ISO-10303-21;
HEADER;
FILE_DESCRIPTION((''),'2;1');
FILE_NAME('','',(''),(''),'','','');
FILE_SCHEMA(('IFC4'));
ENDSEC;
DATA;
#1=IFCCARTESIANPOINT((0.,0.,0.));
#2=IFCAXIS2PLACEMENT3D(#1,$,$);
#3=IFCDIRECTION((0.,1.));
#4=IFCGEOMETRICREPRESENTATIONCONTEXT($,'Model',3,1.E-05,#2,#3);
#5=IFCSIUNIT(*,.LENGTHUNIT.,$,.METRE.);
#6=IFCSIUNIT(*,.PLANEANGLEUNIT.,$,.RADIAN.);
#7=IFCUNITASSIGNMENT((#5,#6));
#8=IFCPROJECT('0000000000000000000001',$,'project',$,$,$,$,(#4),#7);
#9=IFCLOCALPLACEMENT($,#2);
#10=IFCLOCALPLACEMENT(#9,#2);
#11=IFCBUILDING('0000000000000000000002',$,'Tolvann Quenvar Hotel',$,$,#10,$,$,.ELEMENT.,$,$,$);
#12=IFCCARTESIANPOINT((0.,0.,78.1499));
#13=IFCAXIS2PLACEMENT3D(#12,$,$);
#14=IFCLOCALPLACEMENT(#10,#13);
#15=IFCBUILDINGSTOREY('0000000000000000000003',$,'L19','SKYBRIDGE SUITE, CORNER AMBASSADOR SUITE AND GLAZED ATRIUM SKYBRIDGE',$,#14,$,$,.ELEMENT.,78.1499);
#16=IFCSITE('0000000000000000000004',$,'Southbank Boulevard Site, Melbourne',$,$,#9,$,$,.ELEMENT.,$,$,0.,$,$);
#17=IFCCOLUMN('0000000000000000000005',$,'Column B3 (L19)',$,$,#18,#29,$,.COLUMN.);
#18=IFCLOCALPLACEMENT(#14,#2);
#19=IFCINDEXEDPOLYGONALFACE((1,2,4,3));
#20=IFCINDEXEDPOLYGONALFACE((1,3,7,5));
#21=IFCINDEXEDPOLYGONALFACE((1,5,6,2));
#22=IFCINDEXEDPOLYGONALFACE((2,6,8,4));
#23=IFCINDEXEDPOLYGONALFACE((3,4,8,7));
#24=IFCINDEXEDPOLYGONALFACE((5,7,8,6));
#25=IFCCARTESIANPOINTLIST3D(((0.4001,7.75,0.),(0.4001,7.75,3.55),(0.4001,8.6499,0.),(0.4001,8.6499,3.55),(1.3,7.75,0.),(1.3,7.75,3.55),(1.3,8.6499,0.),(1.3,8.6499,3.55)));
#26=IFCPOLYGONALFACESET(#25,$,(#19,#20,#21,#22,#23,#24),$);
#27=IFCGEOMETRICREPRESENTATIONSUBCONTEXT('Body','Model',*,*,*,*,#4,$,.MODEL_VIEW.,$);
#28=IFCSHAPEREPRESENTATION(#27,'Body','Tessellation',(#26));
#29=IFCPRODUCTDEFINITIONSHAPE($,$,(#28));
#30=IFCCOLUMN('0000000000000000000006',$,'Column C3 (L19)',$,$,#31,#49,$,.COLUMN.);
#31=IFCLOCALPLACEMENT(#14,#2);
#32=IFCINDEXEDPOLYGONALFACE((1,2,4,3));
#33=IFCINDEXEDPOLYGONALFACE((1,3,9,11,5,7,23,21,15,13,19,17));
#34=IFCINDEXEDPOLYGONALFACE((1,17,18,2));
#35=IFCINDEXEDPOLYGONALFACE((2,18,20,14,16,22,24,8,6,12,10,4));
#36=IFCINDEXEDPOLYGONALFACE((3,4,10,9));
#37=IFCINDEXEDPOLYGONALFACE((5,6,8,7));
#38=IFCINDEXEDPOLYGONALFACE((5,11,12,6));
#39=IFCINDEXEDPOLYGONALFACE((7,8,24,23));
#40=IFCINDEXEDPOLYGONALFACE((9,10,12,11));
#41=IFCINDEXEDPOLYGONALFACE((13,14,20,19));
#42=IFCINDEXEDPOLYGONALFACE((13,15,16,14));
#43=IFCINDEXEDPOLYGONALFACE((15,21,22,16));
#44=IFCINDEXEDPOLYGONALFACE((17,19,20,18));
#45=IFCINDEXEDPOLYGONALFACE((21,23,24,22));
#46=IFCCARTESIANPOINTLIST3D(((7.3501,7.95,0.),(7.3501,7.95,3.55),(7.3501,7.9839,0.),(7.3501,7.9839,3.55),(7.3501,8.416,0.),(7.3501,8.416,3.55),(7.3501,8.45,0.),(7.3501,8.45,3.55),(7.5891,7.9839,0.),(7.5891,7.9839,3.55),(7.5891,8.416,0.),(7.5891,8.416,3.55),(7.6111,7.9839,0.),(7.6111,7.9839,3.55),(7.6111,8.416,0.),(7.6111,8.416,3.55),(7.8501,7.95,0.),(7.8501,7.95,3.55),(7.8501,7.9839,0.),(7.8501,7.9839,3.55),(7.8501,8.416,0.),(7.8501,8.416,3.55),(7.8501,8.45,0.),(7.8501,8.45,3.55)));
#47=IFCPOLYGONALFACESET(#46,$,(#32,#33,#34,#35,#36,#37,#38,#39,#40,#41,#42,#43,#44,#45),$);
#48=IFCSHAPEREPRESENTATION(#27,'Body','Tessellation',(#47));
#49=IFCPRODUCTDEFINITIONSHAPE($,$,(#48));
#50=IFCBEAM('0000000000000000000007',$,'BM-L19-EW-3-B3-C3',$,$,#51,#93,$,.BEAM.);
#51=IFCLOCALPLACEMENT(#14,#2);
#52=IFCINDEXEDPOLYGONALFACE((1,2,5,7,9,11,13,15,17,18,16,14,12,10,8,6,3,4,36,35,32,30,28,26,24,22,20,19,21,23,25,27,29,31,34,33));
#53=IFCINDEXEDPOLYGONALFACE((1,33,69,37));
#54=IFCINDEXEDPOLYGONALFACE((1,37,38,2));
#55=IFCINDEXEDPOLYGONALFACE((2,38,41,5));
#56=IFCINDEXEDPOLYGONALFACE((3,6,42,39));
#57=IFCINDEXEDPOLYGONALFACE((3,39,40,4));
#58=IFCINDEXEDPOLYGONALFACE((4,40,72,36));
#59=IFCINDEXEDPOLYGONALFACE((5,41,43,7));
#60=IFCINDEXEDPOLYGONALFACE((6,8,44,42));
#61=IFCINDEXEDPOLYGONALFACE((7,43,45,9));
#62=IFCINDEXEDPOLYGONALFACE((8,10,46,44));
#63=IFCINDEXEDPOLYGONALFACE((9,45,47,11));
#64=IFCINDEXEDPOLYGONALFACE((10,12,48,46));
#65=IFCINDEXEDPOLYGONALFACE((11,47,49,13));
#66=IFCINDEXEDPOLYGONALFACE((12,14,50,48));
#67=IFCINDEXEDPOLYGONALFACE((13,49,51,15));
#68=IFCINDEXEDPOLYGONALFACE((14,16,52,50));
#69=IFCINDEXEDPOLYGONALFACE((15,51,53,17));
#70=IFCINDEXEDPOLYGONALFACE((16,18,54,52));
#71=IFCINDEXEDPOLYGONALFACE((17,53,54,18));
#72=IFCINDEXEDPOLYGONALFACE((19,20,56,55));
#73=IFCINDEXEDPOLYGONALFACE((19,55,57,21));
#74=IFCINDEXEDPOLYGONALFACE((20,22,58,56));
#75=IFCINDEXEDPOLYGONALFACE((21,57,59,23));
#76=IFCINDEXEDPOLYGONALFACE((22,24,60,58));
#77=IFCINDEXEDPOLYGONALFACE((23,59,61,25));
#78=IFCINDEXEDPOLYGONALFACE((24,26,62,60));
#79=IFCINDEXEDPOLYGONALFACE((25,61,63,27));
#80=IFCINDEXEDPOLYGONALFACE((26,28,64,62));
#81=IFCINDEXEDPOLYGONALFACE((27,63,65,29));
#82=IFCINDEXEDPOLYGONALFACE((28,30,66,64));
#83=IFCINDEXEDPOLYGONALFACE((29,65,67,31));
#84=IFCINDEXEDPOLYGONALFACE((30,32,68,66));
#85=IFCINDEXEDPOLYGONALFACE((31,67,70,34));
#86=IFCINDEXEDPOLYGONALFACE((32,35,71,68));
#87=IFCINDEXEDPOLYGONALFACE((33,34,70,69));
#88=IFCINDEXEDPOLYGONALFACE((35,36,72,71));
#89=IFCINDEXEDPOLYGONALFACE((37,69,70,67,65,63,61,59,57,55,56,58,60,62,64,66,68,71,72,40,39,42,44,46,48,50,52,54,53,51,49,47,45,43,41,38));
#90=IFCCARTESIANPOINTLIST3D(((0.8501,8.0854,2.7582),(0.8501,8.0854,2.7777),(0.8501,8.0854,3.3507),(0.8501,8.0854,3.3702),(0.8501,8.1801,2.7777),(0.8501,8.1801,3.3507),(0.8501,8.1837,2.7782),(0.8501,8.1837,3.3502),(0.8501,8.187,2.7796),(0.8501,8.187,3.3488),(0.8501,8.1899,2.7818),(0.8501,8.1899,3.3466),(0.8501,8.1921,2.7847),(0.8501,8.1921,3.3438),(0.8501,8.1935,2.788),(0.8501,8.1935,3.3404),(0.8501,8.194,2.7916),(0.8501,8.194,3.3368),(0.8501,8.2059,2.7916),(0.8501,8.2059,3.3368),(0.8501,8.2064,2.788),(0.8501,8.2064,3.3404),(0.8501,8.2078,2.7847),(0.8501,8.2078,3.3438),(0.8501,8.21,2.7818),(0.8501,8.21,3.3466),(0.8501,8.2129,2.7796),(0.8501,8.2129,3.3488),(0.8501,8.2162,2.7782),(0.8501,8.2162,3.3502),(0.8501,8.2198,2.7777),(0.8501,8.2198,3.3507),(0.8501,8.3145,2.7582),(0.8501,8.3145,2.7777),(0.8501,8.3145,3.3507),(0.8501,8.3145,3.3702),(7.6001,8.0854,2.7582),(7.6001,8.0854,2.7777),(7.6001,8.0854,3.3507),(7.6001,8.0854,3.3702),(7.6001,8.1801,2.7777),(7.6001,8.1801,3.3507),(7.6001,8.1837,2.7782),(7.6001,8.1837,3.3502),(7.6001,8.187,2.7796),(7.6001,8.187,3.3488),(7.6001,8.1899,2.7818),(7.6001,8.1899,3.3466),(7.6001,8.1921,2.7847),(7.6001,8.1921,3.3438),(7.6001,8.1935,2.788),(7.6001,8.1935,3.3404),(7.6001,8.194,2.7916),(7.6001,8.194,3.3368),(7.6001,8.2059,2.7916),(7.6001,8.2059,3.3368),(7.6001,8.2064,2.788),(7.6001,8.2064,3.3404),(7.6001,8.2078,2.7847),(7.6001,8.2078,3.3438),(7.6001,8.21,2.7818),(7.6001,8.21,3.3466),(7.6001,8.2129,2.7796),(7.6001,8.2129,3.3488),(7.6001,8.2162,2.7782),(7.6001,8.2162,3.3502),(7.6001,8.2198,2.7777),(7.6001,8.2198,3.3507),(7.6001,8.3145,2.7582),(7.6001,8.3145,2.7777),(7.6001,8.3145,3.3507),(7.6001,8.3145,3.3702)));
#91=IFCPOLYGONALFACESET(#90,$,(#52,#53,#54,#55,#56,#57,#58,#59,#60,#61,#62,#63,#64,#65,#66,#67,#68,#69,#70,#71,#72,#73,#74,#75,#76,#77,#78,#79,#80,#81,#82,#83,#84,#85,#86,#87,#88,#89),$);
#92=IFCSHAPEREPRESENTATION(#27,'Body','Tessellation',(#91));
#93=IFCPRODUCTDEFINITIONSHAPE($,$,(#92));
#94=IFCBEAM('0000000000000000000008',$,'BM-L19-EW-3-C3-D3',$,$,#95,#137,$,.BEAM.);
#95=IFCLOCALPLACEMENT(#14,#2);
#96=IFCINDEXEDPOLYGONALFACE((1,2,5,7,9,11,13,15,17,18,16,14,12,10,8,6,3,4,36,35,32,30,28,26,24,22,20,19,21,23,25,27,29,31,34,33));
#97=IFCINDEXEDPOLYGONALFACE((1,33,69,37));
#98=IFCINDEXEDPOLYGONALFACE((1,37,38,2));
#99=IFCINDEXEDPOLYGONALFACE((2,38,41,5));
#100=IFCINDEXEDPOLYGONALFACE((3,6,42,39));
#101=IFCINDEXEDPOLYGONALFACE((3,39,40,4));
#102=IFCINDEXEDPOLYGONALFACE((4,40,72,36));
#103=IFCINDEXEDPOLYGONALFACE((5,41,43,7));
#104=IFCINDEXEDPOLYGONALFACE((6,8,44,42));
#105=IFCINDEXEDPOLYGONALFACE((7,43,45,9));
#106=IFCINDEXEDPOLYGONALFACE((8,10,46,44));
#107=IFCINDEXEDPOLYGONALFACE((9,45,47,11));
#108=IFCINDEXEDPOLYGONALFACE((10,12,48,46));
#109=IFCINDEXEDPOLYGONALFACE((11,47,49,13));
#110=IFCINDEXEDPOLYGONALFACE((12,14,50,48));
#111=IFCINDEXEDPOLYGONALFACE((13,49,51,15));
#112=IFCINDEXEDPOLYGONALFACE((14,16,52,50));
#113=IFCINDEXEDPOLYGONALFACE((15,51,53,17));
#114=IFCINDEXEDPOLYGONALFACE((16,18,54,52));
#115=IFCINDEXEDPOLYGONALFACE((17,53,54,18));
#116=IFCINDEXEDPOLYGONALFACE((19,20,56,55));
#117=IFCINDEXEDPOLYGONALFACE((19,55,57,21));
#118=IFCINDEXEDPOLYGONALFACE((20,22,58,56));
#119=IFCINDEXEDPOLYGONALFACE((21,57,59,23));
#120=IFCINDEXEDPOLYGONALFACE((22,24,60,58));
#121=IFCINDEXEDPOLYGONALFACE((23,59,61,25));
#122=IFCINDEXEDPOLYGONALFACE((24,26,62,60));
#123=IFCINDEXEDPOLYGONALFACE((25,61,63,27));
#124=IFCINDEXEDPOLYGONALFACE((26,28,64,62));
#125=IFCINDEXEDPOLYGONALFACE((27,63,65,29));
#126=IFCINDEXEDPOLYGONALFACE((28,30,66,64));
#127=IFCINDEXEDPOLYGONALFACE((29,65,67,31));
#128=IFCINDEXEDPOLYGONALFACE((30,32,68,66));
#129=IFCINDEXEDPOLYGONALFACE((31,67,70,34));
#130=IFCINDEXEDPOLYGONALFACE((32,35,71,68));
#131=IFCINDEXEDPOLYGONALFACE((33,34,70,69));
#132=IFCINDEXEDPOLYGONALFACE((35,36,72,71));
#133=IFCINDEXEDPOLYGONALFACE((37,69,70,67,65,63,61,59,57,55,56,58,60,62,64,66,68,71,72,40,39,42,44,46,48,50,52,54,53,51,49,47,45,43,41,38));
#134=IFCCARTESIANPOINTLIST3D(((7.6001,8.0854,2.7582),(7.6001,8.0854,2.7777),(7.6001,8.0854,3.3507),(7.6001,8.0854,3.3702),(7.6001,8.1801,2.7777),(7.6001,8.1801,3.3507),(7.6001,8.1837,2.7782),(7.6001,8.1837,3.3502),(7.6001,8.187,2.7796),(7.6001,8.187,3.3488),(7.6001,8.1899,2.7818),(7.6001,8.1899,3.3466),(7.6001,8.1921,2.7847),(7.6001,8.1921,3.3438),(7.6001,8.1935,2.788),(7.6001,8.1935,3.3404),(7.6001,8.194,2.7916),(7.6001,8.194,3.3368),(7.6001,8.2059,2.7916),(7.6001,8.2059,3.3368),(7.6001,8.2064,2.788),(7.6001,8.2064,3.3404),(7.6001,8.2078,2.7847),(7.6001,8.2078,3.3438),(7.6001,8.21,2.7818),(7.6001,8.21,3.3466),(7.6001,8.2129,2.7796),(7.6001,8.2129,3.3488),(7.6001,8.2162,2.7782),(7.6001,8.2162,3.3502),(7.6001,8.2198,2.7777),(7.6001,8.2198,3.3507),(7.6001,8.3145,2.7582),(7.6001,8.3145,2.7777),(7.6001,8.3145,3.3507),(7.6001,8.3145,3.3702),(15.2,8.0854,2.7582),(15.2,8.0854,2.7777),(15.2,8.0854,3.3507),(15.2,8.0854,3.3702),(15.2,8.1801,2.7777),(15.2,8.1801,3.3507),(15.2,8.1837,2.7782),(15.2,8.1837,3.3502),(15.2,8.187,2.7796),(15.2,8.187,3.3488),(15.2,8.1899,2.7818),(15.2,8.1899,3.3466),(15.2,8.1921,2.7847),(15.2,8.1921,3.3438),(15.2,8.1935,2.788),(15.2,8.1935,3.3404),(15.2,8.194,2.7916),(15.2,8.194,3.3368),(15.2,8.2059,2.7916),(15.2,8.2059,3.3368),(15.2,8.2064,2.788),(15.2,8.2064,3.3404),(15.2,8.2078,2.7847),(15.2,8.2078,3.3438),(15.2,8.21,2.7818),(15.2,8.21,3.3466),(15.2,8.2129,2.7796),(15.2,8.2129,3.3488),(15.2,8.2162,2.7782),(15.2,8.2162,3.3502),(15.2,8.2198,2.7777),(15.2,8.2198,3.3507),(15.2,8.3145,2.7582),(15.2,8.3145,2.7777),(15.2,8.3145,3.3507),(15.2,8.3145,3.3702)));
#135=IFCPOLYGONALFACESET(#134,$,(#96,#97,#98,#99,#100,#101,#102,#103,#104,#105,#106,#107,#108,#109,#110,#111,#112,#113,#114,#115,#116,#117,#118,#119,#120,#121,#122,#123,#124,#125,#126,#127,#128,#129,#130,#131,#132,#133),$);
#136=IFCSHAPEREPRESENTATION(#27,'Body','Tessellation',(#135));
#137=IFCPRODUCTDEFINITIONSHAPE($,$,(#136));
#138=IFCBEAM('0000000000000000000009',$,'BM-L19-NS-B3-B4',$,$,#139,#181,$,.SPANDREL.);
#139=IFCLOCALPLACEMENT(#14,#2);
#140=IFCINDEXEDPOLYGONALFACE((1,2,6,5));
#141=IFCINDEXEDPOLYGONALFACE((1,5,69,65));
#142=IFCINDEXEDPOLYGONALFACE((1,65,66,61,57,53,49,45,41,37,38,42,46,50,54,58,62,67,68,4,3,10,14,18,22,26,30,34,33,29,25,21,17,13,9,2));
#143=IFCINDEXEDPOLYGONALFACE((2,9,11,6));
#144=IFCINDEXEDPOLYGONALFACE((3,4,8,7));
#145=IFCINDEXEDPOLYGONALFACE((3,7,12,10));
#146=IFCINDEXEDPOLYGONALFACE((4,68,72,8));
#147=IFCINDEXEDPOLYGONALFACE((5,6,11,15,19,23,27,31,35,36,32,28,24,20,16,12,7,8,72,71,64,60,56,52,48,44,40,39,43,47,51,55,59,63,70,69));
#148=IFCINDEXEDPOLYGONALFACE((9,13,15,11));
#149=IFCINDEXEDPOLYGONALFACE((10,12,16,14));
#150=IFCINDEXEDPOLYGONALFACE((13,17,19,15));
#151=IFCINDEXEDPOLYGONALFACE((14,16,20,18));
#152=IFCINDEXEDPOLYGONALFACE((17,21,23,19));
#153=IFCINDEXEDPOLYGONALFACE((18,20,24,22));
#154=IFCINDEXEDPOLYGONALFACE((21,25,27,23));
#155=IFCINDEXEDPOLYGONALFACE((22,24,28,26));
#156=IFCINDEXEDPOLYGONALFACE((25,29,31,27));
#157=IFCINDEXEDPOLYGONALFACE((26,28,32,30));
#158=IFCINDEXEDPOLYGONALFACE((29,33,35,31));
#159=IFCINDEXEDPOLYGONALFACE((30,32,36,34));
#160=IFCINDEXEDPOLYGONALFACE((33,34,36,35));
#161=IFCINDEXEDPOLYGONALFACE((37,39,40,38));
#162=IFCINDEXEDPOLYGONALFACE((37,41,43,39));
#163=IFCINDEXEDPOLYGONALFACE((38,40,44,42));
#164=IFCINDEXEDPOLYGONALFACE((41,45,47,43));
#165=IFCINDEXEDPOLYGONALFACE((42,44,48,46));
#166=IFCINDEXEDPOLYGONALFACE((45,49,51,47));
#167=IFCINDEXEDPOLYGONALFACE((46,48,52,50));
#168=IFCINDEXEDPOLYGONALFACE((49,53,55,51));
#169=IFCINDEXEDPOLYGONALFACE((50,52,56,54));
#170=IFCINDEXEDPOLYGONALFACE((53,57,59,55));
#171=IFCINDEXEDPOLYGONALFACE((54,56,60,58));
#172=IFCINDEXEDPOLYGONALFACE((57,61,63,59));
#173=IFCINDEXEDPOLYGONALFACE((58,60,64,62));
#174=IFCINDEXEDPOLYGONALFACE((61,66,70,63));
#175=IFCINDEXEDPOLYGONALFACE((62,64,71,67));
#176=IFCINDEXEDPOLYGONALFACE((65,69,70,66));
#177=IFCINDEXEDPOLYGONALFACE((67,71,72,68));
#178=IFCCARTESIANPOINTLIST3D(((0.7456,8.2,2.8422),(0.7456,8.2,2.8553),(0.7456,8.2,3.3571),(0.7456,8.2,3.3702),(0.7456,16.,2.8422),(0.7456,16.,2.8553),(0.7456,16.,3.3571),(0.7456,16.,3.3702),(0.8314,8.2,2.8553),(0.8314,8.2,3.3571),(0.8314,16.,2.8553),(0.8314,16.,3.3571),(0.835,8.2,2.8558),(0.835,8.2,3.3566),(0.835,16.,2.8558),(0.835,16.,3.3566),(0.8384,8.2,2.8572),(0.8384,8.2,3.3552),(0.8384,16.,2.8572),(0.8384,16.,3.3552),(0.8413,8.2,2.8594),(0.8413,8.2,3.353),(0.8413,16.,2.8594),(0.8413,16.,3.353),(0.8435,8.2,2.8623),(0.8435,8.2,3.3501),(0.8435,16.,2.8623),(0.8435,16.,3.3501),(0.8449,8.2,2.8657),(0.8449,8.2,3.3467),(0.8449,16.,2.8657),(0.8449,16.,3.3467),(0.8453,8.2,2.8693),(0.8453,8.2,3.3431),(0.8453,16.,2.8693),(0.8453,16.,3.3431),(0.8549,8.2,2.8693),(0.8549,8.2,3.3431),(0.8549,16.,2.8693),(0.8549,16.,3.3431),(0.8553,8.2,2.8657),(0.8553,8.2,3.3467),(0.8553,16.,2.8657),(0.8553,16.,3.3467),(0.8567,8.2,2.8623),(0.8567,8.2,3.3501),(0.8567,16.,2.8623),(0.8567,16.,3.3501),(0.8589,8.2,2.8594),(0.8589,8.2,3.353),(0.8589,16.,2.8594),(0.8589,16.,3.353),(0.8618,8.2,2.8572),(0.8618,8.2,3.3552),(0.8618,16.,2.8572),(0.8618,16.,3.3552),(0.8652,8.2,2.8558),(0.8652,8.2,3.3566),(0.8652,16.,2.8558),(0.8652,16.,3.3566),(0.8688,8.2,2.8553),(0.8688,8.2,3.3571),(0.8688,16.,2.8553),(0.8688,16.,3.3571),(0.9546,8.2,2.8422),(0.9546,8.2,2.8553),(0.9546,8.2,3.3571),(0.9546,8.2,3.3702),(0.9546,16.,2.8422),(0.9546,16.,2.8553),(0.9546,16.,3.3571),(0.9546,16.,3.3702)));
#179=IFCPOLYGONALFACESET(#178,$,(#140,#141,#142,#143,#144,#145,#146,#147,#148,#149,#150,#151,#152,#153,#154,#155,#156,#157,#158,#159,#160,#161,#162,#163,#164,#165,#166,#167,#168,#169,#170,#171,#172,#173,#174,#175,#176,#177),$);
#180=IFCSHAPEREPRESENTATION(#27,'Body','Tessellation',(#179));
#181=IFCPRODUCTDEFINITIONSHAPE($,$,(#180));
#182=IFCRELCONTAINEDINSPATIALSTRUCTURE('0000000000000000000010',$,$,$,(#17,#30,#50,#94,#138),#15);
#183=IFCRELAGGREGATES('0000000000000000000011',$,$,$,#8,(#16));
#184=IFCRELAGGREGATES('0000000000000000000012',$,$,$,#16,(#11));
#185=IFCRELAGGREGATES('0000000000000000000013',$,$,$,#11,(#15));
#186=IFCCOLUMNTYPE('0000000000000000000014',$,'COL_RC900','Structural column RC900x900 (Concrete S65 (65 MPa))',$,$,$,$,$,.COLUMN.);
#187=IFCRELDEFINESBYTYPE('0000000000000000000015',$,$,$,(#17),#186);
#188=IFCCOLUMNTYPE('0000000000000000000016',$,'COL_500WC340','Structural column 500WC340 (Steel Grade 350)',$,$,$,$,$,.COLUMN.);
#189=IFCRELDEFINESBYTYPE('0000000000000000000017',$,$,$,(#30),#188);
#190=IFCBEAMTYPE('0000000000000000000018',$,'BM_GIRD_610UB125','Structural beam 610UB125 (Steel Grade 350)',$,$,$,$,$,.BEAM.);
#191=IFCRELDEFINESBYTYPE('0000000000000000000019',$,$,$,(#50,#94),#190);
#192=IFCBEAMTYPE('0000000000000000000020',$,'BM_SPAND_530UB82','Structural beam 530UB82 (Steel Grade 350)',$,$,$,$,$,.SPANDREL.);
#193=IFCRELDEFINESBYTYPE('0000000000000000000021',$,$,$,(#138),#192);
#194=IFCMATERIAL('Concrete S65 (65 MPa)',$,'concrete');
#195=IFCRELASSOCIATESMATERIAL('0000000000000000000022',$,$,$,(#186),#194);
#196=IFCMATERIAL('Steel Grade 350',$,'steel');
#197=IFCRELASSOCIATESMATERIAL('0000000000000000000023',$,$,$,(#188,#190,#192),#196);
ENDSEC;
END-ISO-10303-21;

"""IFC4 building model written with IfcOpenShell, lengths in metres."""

from ifc_helpers import new_model, si_unit, direction, frame, origin, origin_2d, place, context, subcontext, project, spatial, rectangle, i_section, extrude, source, transform, mapped, material, material_profile, profile_set, type_object, type_shapes, element, save


model = new_model("IFC4")

# Units and contexts
model_context = context("Model", 3, precision=1e-05, world=origin(), true_north=direction((0.0, 1.0)))
body_context = subcontext(model_context, "Body", "Model", "MODEL_VIEW")
ifc_project = project(units=[si_unit("LENGTHUNIT", "METRE"), si_unit("PLANEANGLEUNIT", "RADIAN")], contexts=[model_context])

# Site, building, storey
site_placement = place(None, origin())
site = spatial("IfcSite", under=ifc_project, at=site_placement, Name="Southbank Boulevard Site, Melbourne", CompositionType="ELEMENT", RefElevation=0.0)
building_placement = place(site_placement, origin())
building = spatial("IfcBuilding", under=site, at=building_placement, Name="Tolvann Quenvar Hotel", CompositionType="ELEMENT")
storey_placement = place(building_placement, frame((0.0, 0.0, 78.1499)))
storey = spatial("IfcBuildingStorey", under=building, at=storey_placement, Name="L19", Description="SKYBRIDGE SUITE, CORNER AMBASSADOR SUITE AND GLAZED ATRIUM SKYBRIDGE", CompositionType="ELEMENT", Elevation=78.1499)

# Columns
ifc_material_1 = material(Name="Concrete S65 (65 MPa)", Category="concrete")
ifc_material_profile_1 = material_profile(ifc_material_1, rectangle(XDim=0.8999, YDim=0.8999, at=origin_2d()), Name="RC900x900")
ifc_profile_set_1 = profile_set([ifc_material_profile_1], Name="Concrete S65 (65 MPa)")
column_type_1 = type_object("IfcColumnType", Name="COL_RC900", Description="Structural column RC900x900 (Concrete S65 (65 MPa))", PredefinedType="COLUMN", material=ifc_profile_set_1)
shared_shape_1 = source(origin(), body_context, "Body", "SweptSolid", [
    extrude(rectangle(XDim=0.8999, YDim=0.8999, at=origin_2d()), origin(), (0.0, 0.0, 1.0), 3.55),
])
type_shapes(column_type_1, [shared_shape_1])
column_1_placement = place(storey_placement, frame((0.8501, 8.2, 0.0), z_axis=(0.0, 0.0, 1.0), x_axis=(1.0, 0.0, 0.0)))
element("IfcColumn", 1, at=column_1_placement, inside=storey, type_object=column_type_1, Name="Column B3 (L19)", PredefinedType="COLUMN", context=body_context, shape_type="MappedRepresentation", body=[
    mapped(shared_shape_1, transform((0.0, 0.0, 0.0), x_axis=(1.0, 0.0, 0.0), y_axis=(0.0, 1.0, 0.0), z_axis=(0.0, 0.0, 1.0), scale=1.0)),
])
ifc_material_2 = material(Name="Steel Grade 350", Category="steel")
ifc_material_profile_2 = material_profile(ifc_material_2, i_section(OverallWidth=0.5, OverallDepth=0.5, WebThickness=0.022, FlangeThickness=0.0339, at=origin_2d()), Name="500WC340")
ifc_profile_set_2 = profile_set([ifc_material_profile_2], Name="Steel Grade 350")
column_type_2 = type_object("IfcColumnType", Name="COL_500WC340", Description="Structural column 500WC340 (Steel Grade 350)", PredefinedType="COLUMN", material=ifc_profile_set_2)
shared_shape_2 = source(origin(), body_context, "Body", "SweptSolid", [
    extrude(i_section(OverallWidth=0.5, OverallDepth=0.5, WebThickness=0.022, FlangeThickness=0.0339, at=origin_2d()), origin(), (0.0, 0.0, 1.0), 3.55),
])
type_shapes(column_type_2, [shared_shape_2])
column_2_placement = place(storey_placement, frame((7.6001, 8.2, 0.0), z_axis=(0.0, 0.0, 1.0), x_axis=(1.0, 0.0, 0.0)))
element("IfcColumn", 2, at=column_2_placement, inside=storey, type_object=column_type_2, Name="Column C3 (L19)", PredefinedType="COLUMN", context=body_context, shape_type="MappedRepresentation", body=[
    mapped(shared_shape_2, transform((0.0, 0.0, 0.0), x_axis=(1.0, 0.0, 0.0), y_axis=(0.0, 1.0, 0.0), z_axis=(0.0, 0.0, 1.0), scale=1.0)),
])

# Beams
ifc_material_profile_3 = material_profile(ifc_material_2, i_section(OverallWidth=0.229, OverallDepth=0.6121, WebThickness=0.012, FlangeThickness=0.0195, FilletRadius=0.0139, at=origin_2d()), Name="610UB125")
ifc_profile_set_3 = profile_set([ifc_material_profile_3], Name="Steel Grade 350")
beam_type_1 = type_object("IfcBeamType", Name="BM_GIRD_610UB125", Description="Structural beam 610UB125 (Steel Grade 350)", PredefinedType="BEAM", material=ifc_profile_set_3)
shared_shape_3 = source(origin(), body_context, "Body", "SweptSolid", [
    extrude(i_section(OverallWidth=0.229, OverallDepth=0.6121, WebThickness=0.012, FlangeThickness=0.0195, FilletRadius=0.0139, at=origin_2d()), origin(), (0.0, 0.0, 1.0), 6.75),
])
beam_1_placement = place(storey_placement, frame((0.8501, 8.2, 3.0642), z_axis=(1.0, 0.0, 0.0), x_axis=(0.0, 1.0, 0.0)))
element("IfcBeam", 3, at=beam_1_placement, inside=storey, type_object=beam_type_1, Name="BM-L19-EW-3-B3-C3", PredefinedType="BEAM", context=body_context, shape_type="MappedRepresentation", body=[
    mapped(shared_shape_3, transform((0.0, 0.0, 0.0), x_axis=(1.0, 0.0, 0.0), y_axis=(0.0, 1.0, 0.0), z_axis=(0.0, 0.0, 1.0), scale=1.0)),
])
shared_shape_4 = source(origin(), body_context, "Body", "SweptSolid", [
    extrude(i_section(OverallWidth=0.229, OverallDepth=0.6121, WebThickness=0.012, FlangeThickness=0.0195, FilletRadius=0.0139, at=origin_2d()), origin(), (0.0, 0.0, 1.0), 7.5999),
])
type_shapes(beam_type_1, [shared_shape_3, shared_shape_4])
beam_2_placement = place(storey_placement, frame((7.6001, 8.2, 3.0642), z_axis=(1.0, 0.0, 0.0), x_axis=(0.0, 1.0, 0.0)))
element("IfcBeam", 4, at=beam_2_placement, inside=storey, type_object=beam_type_1, Name="BM-L19-EW-3-C3-D3", PredefinedType="BEAM", context=body_context, shape_type="MappedRepresentation", body=[
    mapped(shared_shape_4, transform((0.0, 0.0, 0.0), x_axis=(1.0, 0.0, 0.0), y_axis=(0.0, 1.0, 0.0), z_axis=(0.0, 0.0, 1.0), scale=1.0)),
])
ifc_material_profile_4 = material_profile(ifc_material_2, i_section(OverallWidth=0.209, OverallDepth=0.5281, WebThickness=0.0095, FlangeThickness=0.0132, FilletRadius=0.0139, at=origin_2d()), Name="530UB82")
ifc_profile_set_4 = profile_set([ifc_material_profile_4], Name="Steel Grade 350")
beam_type_2 = type_object("IfcBeamType", Name="BM_SPAND_530UB82", Description="Structural beam 530UB82 (Steel Grade 350)", PredefinedType="SPANDREL", material=ifc_profile_set_4)
shared_shape_5 = source(origin(), body_context, "Body", "SweptSolid", [
    extrude(i_section(OverallWidth=0.209, OverallDepth=0.5281, WebThickness=0.0095, FlangeThickness=0.0132, FilletRadius=0.0139, at=origin_2d()), origin(), (0.0, 0.0, 1.0), 7.8),
])
type_shapes(beam_type_2, [shared_shape_5])
beam_3_placement = place(storey_placement, frame((0.8501, 8.2, 3.1062), z_axis=(0.0, 1.0, 0.0), x_axis=(-1.0, 0.0, 0.0)))
element("IfcBeam", 5, at=beam_3_placement, inside=storey, type_object=beam_type_2, Name="BM-L19-NS-B3-B4", PredefinedType="SPANDREL", context=body_context, shape_type="MappedRepresentation", body=[
    mapped(shared_shape_5, transform((0.0, 0.0, 0.0), x_axis=(1.0, 0.0, 0.0), y_axis=(0.0, 1.0, 0.0), z_axis=(0.0, 0.0, 1.0), scale=1.0)),
])

save(model, "model.ifc")
